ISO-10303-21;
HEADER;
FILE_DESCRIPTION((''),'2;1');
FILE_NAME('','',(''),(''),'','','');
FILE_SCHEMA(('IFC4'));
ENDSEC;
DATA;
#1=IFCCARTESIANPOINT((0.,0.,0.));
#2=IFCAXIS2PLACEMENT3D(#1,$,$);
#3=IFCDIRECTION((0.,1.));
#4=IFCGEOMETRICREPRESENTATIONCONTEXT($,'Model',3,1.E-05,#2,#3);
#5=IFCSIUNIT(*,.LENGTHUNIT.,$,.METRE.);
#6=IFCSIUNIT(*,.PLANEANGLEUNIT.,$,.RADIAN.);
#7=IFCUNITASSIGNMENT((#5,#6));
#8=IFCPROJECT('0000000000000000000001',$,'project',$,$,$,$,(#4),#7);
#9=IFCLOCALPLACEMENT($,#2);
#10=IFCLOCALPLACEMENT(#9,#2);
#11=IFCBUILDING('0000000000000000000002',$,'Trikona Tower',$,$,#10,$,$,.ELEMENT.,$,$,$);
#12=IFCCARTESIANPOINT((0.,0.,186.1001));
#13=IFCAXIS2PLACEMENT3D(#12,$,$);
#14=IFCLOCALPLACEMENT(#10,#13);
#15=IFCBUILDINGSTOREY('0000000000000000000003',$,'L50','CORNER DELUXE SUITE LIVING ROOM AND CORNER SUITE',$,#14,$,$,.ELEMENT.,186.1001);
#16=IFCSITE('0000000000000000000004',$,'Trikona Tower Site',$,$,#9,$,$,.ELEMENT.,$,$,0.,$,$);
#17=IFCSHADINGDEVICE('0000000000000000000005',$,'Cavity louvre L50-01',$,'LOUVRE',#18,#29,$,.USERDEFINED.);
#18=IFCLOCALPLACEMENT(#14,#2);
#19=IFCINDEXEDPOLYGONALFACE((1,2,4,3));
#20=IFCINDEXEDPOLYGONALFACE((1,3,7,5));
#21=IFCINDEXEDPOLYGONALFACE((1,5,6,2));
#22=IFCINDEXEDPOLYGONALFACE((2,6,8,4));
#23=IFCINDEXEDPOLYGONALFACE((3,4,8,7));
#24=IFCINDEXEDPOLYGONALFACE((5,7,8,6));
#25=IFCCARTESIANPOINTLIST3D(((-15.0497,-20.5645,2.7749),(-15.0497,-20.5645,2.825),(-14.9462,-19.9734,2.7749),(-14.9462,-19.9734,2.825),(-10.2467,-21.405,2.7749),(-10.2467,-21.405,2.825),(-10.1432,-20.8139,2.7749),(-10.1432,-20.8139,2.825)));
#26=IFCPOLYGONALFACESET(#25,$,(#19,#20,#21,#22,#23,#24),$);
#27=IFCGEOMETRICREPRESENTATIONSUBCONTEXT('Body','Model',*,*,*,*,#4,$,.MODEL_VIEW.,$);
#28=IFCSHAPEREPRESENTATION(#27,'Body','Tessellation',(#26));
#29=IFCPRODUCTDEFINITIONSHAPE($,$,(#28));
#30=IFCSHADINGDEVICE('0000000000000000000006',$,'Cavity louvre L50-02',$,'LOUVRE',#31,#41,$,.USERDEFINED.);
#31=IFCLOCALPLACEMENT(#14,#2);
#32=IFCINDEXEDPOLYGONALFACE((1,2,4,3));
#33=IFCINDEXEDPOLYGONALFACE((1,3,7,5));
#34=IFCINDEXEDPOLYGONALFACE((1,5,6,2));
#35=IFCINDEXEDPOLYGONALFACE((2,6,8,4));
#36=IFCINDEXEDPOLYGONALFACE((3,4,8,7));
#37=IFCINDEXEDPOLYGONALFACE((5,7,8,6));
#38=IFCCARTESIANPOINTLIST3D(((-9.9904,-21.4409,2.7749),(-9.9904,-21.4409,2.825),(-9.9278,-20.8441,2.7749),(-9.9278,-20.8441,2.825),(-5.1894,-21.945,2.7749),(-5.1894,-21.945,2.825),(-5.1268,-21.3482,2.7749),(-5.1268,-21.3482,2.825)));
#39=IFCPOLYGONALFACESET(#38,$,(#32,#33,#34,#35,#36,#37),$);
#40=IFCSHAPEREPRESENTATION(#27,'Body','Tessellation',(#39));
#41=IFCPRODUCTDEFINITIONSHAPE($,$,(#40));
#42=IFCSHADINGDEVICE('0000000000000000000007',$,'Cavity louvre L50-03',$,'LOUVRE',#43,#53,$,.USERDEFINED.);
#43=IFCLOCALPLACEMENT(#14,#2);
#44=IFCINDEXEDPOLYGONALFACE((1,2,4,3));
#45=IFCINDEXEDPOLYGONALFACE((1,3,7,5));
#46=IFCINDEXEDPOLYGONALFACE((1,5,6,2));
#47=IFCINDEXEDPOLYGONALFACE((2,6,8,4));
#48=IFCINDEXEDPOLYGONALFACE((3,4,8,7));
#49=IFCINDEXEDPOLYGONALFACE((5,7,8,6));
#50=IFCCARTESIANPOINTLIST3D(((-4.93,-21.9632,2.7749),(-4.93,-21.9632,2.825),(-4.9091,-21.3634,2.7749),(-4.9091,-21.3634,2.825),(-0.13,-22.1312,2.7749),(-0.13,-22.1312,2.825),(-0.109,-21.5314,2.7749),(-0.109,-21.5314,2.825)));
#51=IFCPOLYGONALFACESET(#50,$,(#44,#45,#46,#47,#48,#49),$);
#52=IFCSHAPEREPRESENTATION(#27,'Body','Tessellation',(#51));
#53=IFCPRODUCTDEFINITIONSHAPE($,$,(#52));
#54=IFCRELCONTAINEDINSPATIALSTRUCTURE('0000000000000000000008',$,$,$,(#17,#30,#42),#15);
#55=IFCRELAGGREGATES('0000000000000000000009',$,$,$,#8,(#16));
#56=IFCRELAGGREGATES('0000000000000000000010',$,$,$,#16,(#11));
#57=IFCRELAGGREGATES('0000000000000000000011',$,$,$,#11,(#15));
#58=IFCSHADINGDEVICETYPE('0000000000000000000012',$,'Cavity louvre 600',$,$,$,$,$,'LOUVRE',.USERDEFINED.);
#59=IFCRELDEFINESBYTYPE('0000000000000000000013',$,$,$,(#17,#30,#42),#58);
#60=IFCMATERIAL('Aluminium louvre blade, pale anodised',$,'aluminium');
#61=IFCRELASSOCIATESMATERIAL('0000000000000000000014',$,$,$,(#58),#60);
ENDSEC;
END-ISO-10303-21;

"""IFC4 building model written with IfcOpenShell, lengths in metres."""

from ifc_helpers import new_model, si_unit, direction, frame, origin, origin_2d, place, context, subcontext, project, spatial, rectangle, extrude, material, type_object, element, save


model = new_model("IFC4")

# Units and contexts
model_context = context("Model", 3, precision=1e-05, world=origin(), true_north=direction((0.0, 1.0)))
body_context = subcontext(model_context, "Body", "Model", "MODEL_VIEW")
ifc_project = project(units=[si_unit("LENGTHUNIT", "METRE"), si_unit("PLANEANGLEUNIT", "RADIAN")], contexts=[model_context])

# Site, building, storey
site_placement = place(None, origin())
site = spatial("IfcSite", under=ifc_project, at=site_placement, Name="Trikona Tower Site", CompositionType="ELEMENT", RefElevation=0.0)
building_placement = place(site_placement, origin())
building = spatial("IfcBuilding", under=site, at=building_placement, Name="Trikona Tower", CompositionType="ELEMENT")
storey_placement = place(building_placement, frame((0.0, 0.0, 186.1001)))
storey = spatial("IfcBuildingStorey", under=building, at=storey_placement, Name="L50", Description="CORNER DELUXE SUITE LIVING ROOM AND CORNER SUITE", CompositionType="ELEMENT", Elevation=186.1001)

# Shading devices
ifc_material_1 = material(Name="Aluminium louvre blade, pale anodised", Category="aluminium")
shading_device_type = type_object("IfcShadingDeviceType", Name="Cavity louvre 600", ElementType="LOUVRE", PredefinedType="USERDEFINED", material=ifc_material_1)
shading_device_1_placement = place(storey_placement, frame((-12.5964, -20.6892, 2.7749), z_axis=(0.0, 0.0, 1.0), x_axis=(0.985031, -0.17238, 0.0)))
element("IfcShadingDevice", 1, at=shading_device_1_placement, inside=storey, type_object=shading_device_type, Name="Cavity louvre L50-01", ObjectType="LOUVRE", PredefinedType="USERDEFINED", context=body_context, shape_type="SweptSolid", body=[
    extrude(rectangle(XDim=4.876, YDim=0.6001, at=origin_2d()), origin(), (0.0, 0.0, 1.0), 0.05),
])
shading_device_2_placement = place(storey_placement, frame((-7.5586, -21.3945, 2.7749), z_axis=(0.0, 0.0, 1.0), x_axis=(0.994533, -0.104426, 0.0)))
element("IfcShadingDevice", 2, at=shading_device_2_placement, inside=storey, type_object=shading_device_type, Name="Cavity louvre L50-02", ObjectType="LOUVRE", PredefinedType="USERDEFINED", context=body_context, shape_type="SweptSolid", body=[
    extrude(rectangle(XDim=4.8274, YDim=0.6001, at=origin_2d()), origin(), (0.0, 0.0, 1.0), 0.05),
])
shading_device_3_placement = place(storey_placement, frame((-2.5195, -21.7473, 2.7749), z_axis=(0.0, 0.0, 1.0), x_axis=(0.999388, -0.034978, 0.0)))
element("IfcShadingDevice", 3, at=shading_device_3_placement, inside=storey, type_object=shading_device_type, Name="Cavity louvre L50-03", ObjectType="LOUVRE", PredefinedType="USERDEFINED", context=body_context, shape_type="SweptSolid", body=[
    extrude(rectangle(XDim=4.803, YDim=0.6001, at=origin_2d()), origin(), (0.0, 0.0, 1.0), 0.05),
])

save(model, "model.ifc")
